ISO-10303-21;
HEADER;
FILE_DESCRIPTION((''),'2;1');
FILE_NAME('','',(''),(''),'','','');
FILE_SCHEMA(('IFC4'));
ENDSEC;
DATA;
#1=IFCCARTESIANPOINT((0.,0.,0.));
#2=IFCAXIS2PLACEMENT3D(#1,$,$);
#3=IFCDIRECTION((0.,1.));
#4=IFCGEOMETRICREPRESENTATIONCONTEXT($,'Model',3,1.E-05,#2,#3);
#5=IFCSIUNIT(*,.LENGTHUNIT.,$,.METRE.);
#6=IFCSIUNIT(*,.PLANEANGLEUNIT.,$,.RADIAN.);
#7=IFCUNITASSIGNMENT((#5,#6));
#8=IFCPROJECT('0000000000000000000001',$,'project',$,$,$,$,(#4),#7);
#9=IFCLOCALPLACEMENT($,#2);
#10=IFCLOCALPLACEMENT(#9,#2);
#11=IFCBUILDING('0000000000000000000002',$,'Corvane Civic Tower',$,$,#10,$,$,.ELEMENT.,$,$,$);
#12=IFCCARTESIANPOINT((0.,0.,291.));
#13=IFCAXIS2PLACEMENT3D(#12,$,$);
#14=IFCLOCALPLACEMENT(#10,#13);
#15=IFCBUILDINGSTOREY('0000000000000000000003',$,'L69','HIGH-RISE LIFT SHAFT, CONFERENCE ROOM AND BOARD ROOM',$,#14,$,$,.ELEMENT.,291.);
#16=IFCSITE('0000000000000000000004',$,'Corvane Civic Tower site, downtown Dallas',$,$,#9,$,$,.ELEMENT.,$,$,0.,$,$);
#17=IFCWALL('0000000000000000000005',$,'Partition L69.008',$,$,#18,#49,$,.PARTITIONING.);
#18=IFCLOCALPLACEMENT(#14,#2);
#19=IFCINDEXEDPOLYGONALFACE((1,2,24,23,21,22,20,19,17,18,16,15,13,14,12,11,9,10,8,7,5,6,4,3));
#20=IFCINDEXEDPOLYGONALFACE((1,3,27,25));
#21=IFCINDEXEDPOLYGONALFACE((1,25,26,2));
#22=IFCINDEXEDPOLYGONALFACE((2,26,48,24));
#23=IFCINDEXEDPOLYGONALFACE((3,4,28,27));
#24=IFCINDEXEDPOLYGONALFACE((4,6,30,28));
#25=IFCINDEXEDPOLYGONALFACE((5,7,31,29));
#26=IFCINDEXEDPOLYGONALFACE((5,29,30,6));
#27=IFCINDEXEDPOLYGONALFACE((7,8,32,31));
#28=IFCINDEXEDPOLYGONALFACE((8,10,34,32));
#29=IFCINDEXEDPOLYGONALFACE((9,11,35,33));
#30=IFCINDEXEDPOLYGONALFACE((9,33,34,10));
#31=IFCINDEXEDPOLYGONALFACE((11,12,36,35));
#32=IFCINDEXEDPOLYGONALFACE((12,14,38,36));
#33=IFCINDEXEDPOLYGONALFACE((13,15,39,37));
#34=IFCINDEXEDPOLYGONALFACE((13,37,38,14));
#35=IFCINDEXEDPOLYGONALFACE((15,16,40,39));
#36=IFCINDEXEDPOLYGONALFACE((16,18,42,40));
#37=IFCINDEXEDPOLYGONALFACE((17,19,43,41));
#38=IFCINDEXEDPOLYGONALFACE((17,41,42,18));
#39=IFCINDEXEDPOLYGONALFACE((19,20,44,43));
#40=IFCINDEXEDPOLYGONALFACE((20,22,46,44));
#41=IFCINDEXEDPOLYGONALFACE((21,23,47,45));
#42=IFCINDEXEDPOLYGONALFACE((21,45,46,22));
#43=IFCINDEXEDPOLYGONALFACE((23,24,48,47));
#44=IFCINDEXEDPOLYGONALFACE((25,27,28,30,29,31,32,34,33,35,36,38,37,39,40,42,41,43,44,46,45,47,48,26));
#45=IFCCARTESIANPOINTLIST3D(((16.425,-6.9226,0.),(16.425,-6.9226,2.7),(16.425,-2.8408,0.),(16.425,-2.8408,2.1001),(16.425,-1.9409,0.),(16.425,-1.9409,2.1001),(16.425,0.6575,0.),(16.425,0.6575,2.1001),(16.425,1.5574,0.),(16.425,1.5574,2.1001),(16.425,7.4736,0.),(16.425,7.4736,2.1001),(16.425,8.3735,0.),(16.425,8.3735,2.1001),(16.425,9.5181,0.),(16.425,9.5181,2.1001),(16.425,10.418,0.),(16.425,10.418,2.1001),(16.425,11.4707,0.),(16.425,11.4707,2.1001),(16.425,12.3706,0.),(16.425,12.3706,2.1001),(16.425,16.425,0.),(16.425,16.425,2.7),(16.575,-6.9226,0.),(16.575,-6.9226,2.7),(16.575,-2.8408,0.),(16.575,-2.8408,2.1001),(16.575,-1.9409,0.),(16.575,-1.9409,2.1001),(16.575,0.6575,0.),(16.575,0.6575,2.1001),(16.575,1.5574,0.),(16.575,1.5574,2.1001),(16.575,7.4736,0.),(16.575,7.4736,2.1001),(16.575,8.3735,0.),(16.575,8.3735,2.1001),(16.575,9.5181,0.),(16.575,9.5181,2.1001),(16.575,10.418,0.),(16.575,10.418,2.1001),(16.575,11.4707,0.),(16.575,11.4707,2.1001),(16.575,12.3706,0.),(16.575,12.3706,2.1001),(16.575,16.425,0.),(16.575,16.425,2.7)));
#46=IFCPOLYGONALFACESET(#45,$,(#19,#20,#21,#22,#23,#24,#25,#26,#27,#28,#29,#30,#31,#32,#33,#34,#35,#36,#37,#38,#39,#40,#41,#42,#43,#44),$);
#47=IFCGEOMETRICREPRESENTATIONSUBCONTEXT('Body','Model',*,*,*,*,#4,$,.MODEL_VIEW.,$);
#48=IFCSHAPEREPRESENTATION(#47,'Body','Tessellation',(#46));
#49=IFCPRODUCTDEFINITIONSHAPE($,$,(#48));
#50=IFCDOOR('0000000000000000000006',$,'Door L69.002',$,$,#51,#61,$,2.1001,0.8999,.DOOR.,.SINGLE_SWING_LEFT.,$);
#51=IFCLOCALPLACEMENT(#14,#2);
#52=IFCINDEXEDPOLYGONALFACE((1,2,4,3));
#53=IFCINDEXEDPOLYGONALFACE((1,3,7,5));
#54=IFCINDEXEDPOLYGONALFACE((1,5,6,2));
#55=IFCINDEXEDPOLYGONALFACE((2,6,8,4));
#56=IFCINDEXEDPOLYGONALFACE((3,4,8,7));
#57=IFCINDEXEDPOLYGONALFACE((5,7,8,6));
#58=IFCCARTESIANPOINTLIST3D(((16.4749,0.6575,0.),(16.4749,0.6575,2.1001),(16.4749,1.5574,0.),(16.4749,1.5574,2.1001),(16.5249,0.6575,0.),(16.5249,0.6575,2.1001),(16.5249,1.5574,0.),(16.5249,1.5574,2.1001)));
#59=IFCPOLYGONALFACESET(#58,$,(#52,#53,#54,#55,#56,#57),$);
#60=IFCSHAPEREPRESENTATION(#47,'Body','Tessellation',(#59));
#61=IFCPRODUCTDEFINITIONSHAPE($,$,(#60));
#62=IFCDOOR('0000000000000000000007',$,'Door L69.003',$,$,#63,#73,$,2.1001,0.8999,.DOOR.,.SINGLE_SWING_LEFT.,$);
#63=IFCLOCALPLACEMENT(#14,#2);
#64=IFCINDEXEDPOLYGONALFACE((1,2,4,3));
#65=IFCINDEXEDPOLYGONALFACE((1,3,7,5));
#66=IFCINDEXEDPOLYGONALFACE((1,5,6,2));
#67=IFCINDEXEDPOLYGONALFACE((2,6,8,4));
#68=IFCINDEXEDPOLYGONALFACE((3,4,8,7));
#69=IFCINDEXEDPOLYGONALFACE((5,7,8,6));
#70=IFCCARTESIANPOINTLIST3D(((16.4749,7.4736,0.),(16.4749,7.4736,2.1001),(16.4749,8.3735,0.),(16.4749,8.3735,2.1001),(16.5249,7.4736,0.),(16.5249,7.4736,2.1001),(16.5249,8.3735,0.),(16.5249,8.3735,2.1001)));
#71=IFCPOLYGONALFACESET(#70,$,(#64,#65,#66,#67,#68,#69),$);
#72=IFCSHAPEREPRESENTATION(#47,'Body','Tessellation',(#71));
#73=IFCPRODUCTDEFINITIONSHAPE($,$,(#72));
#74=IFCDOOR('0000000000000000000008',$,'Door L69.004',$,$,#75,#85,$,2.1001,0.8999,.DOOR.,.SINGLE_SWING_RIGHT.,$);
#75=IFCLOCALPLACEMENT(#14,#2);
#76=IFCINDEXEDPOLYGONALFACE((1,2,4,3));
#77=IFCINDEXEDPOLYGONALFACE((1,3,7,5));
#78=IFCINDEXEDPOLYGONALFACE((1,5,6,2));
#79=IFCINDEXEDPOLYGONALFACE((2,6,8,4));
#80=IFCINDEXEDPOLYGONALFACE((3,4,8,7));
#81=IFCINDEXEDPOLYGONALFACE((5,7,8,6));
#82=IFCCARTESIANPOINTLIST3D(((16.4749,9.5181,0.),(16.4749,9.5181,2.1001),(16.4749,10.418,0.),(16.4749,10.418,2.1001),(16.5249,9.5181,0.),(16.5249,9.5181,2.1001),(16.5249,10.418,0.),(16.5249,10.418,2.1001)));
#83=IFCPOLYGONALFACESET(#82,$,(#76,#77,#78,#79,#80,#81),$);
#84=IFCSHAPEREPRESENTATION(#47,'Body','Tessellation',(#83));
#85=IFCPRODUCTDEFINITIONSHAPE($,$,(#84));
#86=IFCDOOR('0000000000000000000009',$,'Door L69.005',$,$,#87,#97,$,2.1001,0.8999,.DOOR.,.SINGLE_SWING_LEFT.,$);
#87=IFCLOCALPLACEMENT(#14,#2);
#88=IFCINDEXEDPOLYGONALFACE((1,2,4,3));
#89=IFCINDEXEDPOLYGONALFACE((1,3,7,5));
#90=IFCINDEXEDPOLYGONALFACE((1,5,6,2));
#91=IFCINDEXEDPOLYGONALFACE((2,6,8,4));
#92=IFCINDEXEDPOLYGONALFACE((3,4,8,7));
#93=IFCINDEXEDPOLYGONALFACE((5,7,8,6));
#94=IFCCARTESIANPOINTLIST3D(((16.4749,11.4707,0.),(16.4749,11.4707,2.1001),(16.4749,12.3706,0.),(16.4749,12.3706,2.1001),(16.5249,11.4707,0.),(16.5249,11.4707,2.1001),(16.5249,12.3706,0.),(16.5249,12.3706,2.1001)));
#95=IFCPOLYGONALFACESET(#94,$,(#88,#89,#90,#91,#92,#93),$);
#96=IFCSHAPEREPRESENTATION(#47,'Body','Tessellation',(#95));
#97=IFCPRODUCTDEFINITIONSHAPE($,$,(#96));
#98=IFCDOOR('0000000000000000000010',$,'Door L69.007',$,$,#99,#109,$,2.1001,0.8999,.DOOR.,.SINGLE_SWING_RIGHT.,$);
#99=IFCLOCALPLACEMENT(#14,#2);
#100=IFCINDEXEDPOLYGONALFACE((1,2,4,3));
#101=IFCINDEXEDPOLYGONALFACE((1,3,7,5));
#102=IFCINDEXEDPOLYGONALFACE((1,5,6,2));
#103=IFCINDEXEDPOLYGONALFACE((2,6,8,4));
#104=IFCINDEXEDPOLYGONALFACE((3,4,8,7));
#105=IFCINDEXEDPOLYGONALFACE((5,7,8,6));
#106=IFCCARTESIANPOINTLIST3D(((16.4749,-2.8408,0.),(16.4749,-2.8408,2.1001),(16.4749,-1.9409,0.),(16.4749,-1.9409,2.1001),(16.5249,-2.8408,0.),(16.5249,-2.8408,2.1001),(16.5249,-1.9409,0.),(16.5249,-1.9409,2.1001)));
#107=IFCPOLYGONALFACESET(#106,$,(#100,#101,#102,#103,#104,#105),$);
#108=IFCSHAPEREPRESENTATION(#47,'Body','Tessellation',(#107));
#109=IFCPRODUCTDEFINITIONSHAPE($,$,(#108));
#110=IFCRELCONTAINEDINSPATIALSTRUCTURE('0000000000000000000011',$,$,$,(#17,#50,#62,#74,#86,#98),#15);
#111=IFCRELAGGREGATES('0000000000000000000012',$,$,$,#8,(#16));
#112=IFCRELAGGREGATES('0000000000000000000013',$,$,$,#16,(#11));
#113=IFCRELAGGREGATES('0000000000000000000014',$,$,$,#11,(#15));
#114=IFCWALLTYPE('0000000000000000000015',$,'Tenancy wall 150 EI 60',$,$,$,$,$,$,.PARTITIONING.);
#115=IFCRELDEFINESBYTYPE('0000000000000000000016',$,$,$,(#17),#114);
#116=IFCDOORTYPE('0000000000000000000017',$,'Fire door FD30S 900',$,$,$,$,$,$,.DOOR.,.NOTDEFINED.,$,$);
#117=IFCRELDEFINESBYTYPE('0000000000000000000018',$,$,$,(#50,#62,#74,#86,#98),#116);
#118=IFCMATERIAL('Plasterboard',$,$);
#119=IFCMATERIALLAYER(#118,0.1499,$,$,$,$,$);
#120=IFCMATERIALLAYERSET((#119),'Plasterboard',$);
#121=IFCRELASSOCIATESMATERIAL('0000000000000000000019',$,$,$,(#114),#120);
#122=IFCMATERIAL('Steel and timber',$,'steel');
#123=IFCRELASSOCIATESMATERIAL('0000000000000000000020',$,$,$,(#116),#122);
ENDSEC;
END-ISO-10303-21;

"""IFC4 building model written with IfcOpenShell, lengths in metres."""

from ifc_helpers import new_model, si_unit, direction, frame, frame_2d, origin, place, context, subcontext, project, spatial, rectangle, extrude, material, layer, layer_set, type_object, element, fill, save


model = new_model("IFC4")

# Units and contexts
model_context = context("Model", 3, precision=1e-05, world=origin(), true_north=direction((0.0, 1.0)))
body_context = subcontext(model_context, "Body", "Model", "MODEL_VIEW")
ifc_project = project(units=[si_unit("LENGTHUNIT", "METRE"), si_unit("PLANEANGLEUNIT", "RADIAN")], contexts=[model_context])

# Site, building, storey
site_placement = place(None, origin())
site = spatial("IfcSite", under=ifc_project, at=site_placement, Name="Corvane Civic Tower site, downtown Dallas", CompositionType="ELEMENT", RefElevation=0.0)
building_placement = place(site_placement, origin())
building = spatial("IfcBuilding", under=site, at=building_placement, Name="Corvane Civic Tower", CompositionType="ELEMENT")
storey_placement = place(building_placement, frame((0.0, 0.0, 291.0)))
storey = spatial("IfcBuildingStorey", under=building, at=storey_placement, Name="L69", Description="HIGH-RISE LIFT SHAFT, CONFERENCE ROOM AND BOARD ROOM", CompositionType="ELEMENT", Elevation=291.0)

# Wall, openings, doors
ifc_material_1 = material(Name="Plasterboard")
ifc_layer_1 = layer(ifc_material_1, 0.1499)
ifc_layer_set_1 = layer_set([ifc_layer_1], Name="Plasterboard")
wall_type_1 = type_object("IfcWallType", Name="Tenancy wall 150 EI 60", PredefinedType="PARTITIONING", material=ifc_layer_set_1)
wall_1_placement = place(storey_placement, frame((16.5, -6.9226, 0.0), z_axis=(0.0, 0.0, 1.0), x_axis=(0.0, 1.0, 0.0)))
wall_1 = element("IfcWall", 1, at=wall_1_placement, inside=storey, type_object=wall_type_1, Name="Partition L69.008", PredefinedType="PARTITIONING", context=body_context, shape_type="SweptSolid", body=[
    extrude(rectangle(XDim=23.3477, YDim=0.1499, at=frame_2d((11.6738, 0.0))), origin(), (0.0, 0.0, 1.0), 2.7),
])
opening_1_placement = place(wall_1_placement, frame((7.5801, 0.0, 0.0)))
opening_1 = element("IfcOpeningElement", 2, at=opening_1_placement, cuts=wall_1, PredefinedType="OPENING", context=body_context, shape_type="SweptSolid", body=[
    extrude(rectangle(XDim=0.8999, YDim=2.1001, at=frame_2d((0.45, 1.05))), frame((0.0, 0.085, 0.0), z_axis=(0.0, -1.0, 0.0), x_axis=(1.0, 0.0, 0.0)), (0.0, 0.0, 1.0), 0.1699),
])
opening_2_placement = place(wall_1_placement, frame((14.3962, 0.0, 0.0)))
opening_2 = element("IfcOpeningElement", 3, at=opening_2_placement, cuts=wall_1, PredefinedType="OPENING", context=body_context, shape_type="SweptSolid", body=[
    extrude(rectangle(XDim=0.8999, YDim=2.1001, at=frame_2d((0.45, 1.05))), frame((0.0, 0.085, 0.0), z_axis=(0.0, -1.0, 0.0), x_axis=(1.0, 0.0, 0.0)), (0.0, 0.0, 1.0), 0.1699),
])
opening_3_placement = place(wall_1_placement, frame((16.4407, 0.0, 0.0)))
opening_3 = element("IfcOpeningElement", 4, at=opening_3_placement, cuts=wall_1, PredefinedType="OPENING", context=body_context, shape_type="SweptSolid", body=[
    extrude(rectangle(XDim=0.8999, YDim=2.1001, at=frame_2d((0.45, 1.05))), frame((0.0, 0.085, 0.0), z_axis=(0.0, -1.0, 0.0), x_axis=(1.0, 0.0, 0.0)), (0.0, 0.0, 1.0), 0.1699),
])
opening_4_placement = place(wall_1_placement, frame((18.3933, 0.0, 0.0)))
opening_4 = element("IfcOpeningElement", 5, at=opening_4_placement, cuts=wall_1, PredefinedType="OPENING", context=body_context, shape_type="SweptSolid", body=[
    extrude(rectangle(XDim=0.8999, YDim=2.1001, at=frame_2d((0.45, 1.05))), frame((0.0, 0.085, 0.0), z_axis=(0.0, -1.0, 0.0), x_axis=(1.0, 0.0, 0.0)), (0.0, 0.0, 1.0), 0.1699),
])
opening_5_placement = place(wall_1_placement, frame((4.0818, 0.0, 0.0)))
opening_5 = element("IfcOpeningElement", 6, at=opening_5_placement, cuts=wall_1, PredefinedType="OPENING", context=body_context, shape_type="SweptSolid", body=[
    extrude(rectangle(XDim=0.8999, YDim=2.1001, at=frame_2d((0.45, 1.05))), frame((0.0, 0.085, 0.0), z_axis=(0.0, -1.0, 0.0), x_axis=(1.0, 0.0, 0.0)), (0.0, 0.0, 1.0), 0.1699),
])
ifc_material_2 = material(Name="Steel and timber", Category="steel")
door_type_1 = type_object("IfcDoorType", Name="Fire door FD30S 900", OperationType="NOTDEFINED", PredefinedType="DOOR", material=ifc_material_2)
door_1_placement = place(opening_1_placement, frame((0.8999, 0.0, 0.0), z_axis=(0.0, 0.0, 1.0), x_axis=(-1.0, 0.0, 0.0)))
door_1 = element("IfcDoor", 7, at=door_1_placement, inside=storey, type_object=door_type_1, Name="Door L69.002", OperationType="SINGLE_SWING_LEFT", OverallHeight=2.1001, OverallWidth=0.8999, PredefinedType="DOOR", context=body_context, shape_type="SweptSolid", body=[
    extrude(rectangle(XDim=0.8999, YDim=2.1001, at=frame_2d((0.45, 1.05))), frame((0.0, 0.0249, 0.0), z_axis=(0.0, -1.0, 0.0), x_axis=(1.0, 0.0, 0.0)), (0.0, 0.0, 1.0), 0.05),
])
fill(opening_1, door_1)
door_2_placement = place(opening_2_placement, frame((0.8999, 0.0, 0.0), z_axis=(0.0, 0.0, 1.0), x_axis=(-1.0, 0.0, 0.0)))
door_2 = element("IfcDoor", 8, at=door_2_placement, inside=storey, type_object=door_type_1, Name="Door L69.003", OperationType="SINGLE_SWING_LEFT", OverallHeight=2.1001, OverallWidth=0.8999, PredefinedType="DOOR", context=body_context, shape_type="SweptSolid", body=[
    extrude(rectangle(XDim=0.8999, YDim=2.1001, at=frame_2d((0.45, 1.05))), frame((0.0, 0.0249, 0.0), z_axis=(0.0, -1.0, 0.0), x_axis=(1.0, 0.0, 0.0)), (0.0, 0.0, 1.0), 0.05),
])
fill(opening_2, door_2)
door_3_placement = place(opening_3_placement, frame((0.8999, 0.0, 0.0), z_axis=(0.0, 0.0, 1.0), x_axis=(-1.0, 0.0, 0.0)))
door_3 = element("IfcDoor", 9, at=door_3_placement, inside=storey, type_object=door_type_1, Name="Door L69.004", OperationType="SINGLE_SWING_RIGHT", OverallHeight=2.1001, OverallWidth=0.8999, PredefinedType="DOOR", context=body_context, shape_type="SweptSolid", body=[
    extrude(rectangle(XDim=0.8999, YDim=2.1001, at=frame_2d((0.45, 1.05))), frame((0.0, 0.0249, 0.0), z_axis=(0.0, -1.0, 0.0), x_axis=(1.0, 0.0, 0.0)), (0.0, 0.0, 1.0), 0.05),
])
fill(opening_3, door_3)
door_4_placement = place(opening_4_placement, frame((0.8999, 0.0, 0.0), z_axis=(0.0, 0.0, 1.0), x_axis=(-1.0, 0.0, 0.0)))
door_4 = element("IfcDoor", 10, at=door_4_placement, inside=storey, type_object=door_type_1, Name="Door L69.005", OperationType="SINGLE_SWING_LEFT", OverallHeight=2.1001, OverallWidth=0.8999, PredefinedType="DOOR", context=body_context, shape_type="SweptSolid", body=[
    extrude(rectangle(XDim=0.8999, YDim=2.1001, at=frame_2d((0.45, 1.05))), frame((0.0, 0.0249, 0.0), z_axis=(0.0, -1.0, 0.0), x_axis=(1.0, 0.0, 0.0)), (0.0, 0.0, 1.0), 0.05),
])
fill(opening_4, door_4)
door_5_placement = place(opening_5_placement, frame((0.8999, 0.0, 0.0), z_axis=(0.0, 0.0, 1.0), x_axis=(-1.0, 0.0, 0.0)))
door_5 = element("IfcDoor", 11, at=door_5_placement, inside=storey, type_object=door_type_1, Name="Door L69.007", OperationType="SINGLE_SWING_RIGHT", OverallHeight=2.1001, OverallWidth=0.8999, PredefinedType="DOOR", context=body_context, shape_type="SweptSolid", body=[
    extrude(rectangle(XDim=0.8999, YDim=2.1001, at=frame_2d((0.45, 1.05))), frame((0.0, 0.0249, 0.0), z_axis=(0.0, -1.0, 0.0), x_axis=(1.0, 0.0, 0.0)), (0.0, 0.0, 1.0), 0.05),
])
fill(opening_5, door_5)

save(model, "model.ifc")
